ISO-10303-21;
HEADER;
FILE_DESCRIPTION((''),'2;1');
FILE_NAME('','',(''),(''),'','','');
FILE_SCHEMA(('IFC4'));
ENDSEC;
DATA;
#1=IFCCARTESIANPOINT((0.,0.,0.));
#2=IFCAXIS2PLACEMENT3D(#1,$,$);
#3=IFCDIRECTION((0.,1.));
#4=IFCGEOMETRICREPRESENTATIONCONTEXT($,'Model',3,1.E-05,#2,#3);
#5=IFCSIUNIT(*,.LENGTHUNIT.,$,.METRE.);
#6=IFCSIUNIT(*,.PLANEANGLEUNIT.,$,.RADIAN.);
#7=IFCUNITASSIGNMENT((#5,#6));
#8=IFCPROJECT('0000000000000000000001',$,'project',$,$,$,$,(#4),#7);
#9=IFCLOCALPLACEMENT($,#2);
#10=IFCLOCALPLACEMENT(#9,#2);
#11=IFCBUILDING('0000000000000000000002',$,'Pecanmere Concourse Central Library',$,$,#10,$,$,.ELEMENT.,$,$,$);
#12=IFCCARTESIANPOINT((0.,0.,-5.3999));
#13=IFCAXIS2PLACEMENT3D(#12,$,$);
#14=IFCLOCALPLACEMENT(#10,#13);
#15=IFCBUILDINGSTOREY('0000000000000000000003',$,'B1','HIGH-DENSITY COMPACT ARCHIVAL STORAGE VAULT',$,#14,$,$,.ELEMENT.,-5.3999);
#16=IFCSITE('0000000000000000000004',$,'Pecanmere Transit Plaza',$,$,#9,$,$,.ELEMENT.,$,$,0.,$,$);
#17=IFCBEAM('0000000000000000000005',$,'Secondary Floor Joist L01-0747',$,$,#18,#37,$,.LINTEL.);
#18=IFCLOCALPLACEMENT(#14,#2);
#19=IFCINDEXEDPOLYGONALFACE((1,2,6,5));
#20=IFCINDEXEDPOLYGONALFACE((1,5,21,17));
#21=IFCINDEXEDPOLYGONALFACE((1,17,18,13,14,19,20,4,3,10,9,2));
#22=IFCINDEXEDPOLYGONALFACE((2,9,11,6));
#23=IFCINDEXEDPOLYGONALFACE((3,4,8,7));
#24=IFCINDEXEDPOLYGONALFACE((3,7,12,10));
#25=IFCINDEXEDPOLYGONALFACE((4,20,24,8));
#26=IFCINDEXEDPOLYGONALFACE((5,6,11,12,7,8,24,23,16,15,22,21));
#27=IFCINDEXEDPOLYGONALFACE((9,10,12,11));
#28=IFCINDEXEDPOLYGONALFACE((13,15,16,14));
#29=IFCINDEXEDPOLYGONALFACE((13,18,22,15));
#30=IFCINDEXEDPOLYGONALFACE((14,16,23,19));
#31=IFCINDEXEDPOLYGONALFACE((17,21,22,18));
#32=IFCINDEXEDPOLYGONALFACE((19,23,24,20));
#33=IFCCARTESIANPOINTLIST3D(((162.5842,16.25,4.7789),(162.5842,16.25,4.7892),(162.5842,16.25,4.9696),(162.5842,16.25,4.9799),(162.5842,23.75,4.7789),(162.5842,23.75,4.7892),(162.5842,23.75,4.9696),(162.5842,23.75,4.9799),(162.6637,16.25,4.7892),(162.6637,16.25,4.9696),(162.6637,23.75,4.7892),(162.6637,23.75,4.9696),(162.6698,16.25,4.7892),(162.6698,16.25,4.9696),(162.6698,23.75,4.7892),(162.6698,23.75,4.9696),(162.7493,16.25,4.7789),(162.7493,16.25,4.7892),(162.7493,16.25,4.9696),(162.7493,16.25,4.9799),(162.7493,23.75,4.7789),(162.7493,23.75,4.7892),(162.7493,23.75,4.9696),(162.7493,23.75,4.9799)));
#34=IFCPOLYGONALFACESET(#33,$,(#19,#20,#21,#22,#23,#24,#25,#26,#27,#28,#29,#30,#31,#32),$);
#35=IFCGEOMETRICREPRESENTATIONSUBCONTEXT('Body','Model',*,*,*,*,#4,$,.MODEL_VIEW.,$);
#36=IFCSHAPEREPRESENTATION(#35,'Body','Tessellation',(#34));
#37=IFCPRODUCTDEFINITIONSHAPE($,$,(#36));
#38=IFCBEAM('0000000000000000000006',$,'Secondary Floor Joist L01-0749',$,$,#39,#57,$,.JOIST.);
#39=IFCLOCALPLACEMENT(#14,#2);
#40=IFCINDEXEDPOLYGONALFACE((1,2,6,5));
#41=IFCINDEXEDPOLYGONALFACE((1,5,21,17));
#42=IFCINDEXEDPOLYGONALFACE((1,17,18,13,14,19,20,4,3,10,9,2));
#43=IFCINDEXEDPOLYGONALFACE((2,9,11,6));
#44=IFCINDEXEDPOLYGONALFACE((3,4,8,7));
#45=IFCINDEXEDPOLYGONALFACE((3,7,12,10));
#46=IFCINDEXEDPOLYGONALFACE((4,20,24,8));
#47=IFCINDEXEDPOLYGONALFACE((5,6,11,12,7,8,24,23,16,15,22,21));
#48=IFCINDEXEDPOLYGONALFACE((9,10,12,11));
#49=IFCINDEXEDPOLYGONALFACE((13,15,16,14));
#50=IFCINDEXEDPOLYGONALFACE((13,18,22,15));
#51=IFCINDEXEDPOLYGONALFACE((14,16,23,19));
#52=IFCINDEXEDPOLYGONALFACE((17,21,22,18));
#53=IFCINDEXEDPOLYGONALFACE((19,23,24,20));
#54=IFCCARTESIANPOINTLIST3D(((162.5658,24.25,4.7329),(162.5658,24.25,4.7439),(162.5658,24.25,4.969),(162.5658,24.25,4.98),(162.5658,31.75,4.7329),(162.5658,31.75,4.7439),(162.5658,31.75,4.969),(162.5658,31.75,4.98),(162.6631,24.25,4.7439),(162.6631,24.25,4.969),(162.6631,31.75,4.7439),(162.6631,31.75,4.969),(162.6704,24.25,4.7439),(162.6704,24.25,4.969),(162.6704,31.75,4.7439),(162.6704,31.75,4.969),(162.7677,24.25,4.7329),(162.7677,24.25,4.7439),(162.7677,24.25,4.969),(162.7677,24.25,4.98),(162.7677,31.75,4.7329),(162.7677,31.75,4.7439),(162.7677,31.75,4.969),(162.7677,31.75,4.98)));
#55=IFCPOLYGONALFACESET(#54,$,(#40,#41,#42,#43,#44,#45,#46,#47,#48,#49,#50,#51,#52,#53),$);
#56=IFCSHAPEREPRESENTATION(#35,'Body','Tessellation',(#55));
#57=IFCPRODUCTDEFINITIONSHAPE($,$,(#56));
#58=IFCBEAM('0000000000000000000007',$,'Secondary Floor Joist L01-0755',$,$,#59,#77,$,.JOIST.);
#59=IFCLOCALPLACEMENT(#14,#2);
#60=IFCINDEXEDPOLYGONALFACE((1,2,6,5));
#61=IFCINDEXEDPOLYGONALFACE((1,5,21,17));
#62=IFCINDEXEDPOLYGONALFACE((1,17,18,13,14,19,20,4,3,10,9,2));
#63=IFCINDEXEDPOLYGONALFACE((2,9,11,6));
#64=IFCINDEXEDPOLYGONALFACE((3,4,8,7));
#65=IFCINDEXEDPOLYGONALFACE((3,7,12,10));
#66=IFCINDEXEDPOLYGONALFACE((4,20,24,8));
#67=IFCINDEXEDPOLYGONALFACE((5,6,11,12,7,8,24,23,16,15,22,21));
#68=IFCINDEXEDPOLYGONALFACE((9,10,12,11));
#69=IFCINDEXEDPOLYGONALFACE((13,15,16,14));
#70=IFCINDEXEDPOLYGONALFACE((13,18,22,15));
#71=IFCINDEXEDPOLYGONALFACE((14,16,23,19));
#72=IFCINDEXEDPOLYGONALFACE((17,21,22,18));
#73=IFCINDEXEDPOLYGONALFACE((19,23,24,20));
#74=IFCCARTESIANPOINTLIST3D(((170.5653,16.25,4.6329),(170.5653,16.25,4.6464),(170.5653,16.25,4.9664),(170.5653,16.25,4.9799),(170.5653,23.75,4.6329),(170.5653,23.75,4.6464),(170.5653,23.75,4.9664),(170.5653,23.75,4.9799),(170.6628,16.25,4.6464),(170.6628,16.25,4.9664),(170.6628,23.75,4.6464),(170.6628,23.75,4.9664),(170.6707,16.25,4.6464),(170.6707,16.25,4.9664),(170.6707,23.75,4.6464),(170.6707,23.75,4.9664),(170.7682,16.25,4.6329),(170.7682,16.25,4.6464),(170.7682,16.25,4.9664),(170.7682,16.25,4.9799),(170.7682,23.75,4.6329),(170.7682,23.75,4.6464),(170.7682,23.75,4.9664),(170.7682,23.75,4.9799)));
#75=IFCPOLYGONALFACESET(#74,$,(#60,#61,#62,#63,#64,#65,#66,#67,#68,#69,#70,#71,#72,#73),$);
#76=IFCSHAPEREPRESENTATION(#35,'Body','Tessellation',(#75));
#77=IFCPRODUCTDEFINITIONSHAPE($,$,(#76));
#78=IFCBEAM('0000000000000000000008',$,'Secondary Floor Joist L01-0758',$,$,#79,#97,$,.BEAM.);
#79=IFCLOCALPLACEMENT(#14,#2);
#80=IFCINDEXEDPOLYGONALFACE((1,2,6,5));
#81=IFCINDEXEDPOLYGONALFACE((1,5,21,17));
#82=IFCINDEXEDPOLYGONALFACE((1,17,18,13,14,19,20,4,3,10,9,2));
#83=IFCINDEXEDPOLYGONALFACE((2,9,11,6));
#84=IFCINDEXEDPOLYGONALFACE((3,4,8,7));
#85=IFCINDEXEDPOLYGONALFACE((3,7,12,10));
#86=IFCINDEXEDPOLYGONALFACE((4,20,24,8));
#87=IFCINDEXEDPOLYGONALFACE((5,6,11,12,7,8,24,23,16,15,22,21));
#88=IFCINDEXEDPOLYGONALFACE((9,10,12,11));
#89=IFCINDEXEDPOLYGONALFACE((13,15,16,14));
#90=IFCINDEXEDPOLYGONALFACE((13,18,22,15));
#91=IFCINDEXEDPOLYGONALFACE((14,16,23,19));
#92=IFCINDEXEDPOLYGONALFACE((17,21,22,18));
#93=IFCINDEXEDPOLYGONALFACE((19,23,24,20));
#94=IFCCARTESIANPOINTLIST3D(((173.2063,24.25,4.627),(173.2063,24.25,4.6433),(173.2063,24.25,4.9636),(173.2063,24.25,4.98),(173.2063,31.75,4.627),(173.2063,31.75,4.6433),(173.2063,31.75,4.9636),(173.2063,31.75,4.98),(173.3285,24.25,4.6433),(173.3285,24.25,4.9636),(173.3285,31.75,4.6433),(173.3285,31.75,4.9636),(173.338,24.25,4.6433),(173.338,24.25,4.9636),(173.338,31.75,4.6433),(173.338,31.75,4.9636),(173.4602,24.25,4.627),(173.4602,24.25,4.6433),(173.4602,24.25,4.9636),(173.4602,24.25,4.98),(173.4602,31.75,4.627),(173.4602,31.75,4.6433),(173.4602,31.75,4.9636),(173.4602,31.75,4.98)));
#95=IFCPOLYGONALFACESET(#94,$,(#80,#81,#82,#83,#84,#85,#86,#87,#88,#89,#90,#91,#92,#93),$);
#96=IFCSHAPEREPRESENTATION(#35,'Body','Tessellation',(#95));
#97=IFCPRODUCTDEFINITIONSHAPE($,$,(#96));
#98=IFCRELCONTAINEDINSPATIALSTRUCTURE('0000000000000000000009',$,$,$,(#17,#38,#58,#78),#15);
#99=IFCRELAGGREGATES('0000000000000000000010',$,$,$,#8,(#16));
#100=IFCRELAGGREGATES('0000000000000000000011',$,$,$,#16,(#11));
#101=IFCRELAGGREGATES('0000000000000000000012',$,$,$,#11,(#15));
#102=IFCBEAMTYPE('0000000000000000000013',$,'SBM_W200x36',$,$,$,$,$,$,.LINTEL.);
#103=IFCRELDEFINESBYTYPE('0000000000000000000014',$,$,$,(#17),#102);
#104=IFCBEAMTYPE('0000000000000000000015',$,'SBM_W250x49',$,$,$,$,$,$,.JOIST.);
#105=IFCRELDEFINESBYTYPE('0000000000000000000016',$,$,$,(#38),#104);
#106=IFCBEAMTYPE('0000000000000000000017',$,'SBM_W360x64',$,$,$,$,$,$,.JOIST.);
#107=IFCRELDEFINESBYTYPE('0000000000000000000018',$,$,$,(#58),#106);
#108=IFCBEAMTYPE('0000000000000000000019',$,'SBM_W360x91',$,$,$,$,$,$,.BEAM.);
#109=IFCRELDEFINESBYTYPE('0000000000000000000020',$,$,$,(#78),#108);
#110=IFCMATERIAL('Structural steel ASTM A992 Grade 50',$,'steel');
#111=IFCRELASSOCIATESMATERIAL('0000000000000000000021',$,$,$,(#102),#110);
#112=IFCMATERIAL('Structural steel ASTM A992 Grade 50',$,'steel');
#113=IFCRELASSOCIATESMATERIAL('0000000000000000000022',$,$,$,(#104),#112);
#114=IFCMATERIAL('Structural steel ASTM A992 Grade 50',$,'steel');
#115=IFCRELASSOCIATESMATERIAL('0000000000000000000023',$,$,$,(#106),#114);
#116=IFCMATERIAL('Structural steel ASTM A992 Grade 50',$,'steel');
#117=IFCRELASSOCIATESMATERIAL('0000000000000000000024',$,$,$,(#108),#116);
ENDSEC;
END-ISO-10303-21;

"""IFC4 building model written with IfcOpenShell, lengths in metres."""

from ifc_helpers import new_model, si_unit, direction, frame, origin, origin_2d, place, context, subcontext, project, spatial, i_section, extrude, material, material_profile, profile_set, type_object, element, save


model = new_model("IFC4")

# Units and contexts
model_context = context("Model", 3, precision=1e-05, world=origin(), true_north=direction((0.0, 1.0)))
body_context = subcontext(model_context, "Body", "Model", "MODEL_VIEW")
ifc_project = project(units=[si_unit("LENGTHUNIT", "METRE"), si_unit("PLANEANGLEUNIT", "RADIAN")], contexts=[model_context])

# Site, building, storey
site_placement = place(None, origin())
site = spatial("IfcSite", under=ifc_project, at=site_placement, Name="Pecanmere Transit Plaza", CompositionType="ELEMENT", RefElevation=0.0)
building_placement = place(site_placement, origin())
building = spatial("IfcBuilding", under=site, at=building_placement, Name="Pecanmere Concourse Central Library", CompositionType="ELEMENT")
storey_placement = place(building_placement, frame((0.0, 0.0, -5.3999)))
storey = spatial("IfcBuildingStorey", under=building, at=storey_placement, Name="B1", Description="HIGH-DENSITY COMPACT ARCHIVAL STORAGE VAULT", CompositionType="ELEMENT", Elevation=-5.3999)

# Beams
ifc_material_1 = material(Name="Structural steel ASTM A992 Grade 50", Category="steel")
ifc_material_profile_1 = material_profile(ifc_material_1, i_section(OverallWidth=0.165, OverallDepth=0.2009, WebThickness=0.0061, FlangeThickness=0.0103, at=origin_2d()), Name="W200x35.9")
ifc_profile_set_1 = profile_set([ifc_material_profile_1], Name="Structural steel ASTM A992 Grade 50")
beam_type_1 = type_object("IfcBeamType", Name="SBM_W200x36", PredefinedType="LINTEL", material=ifc_profile_set_1)
beam_1_placement = place(storey_placement, frame((162.6667, 16.25, 4.8794), z_axis=(0.0, 1.0, 0.0), x_axis=(-1.0, 0.0, 0.0)))
element("IfcBeam", 1, at=beam_1_placement, inside=storey, type_object=beam_type_1, Name="Secondary Floor Joist L01-0747", PredefinedType="LINTEL", context=body_context, shape_type="SweptSolid", body=[
    extrude(i_section(OverallWidth=0.165, OverallDepth=0.2009, WebThickness=0.0061, FlangeThickness=0.0103, at=origin_2d()), origin(), (0.0, 0.0, 1.0), 7.5),
])
ifc_material_2 = material(Name="Structural steel ASTM A992 Grade 50", Category="steel")
ifc_material_profile_2 = material_profile(ifc_material_2, i_section(OverallWidth=0.2019, OverallDepth=0.2471, WebThickness=0.0073, FlangeThickness=0.011, at=origin_2d()), Name="W250x49.1")
ifc_profile_set_2 = profile_set([ifc_material_profile_2], Name="Structural steel ASTM A992 Grade 50")
beam_type_2 = type_object("IfcBeamType", Name="SBM_W250x49", PredefinedType="JOIST", material=ifc_profile_set_2)
beam_2_placement = place(storey_placement, frame((162.6667, 24.25, 4.8564), z_axis=(0.0, 1.0, 0.0), x_axis=(-1.0, 0.0, 0.0)))
element("IfcBeam", 2, at=beam_2_placement, inside=storey, type_object=beam_type_2, Name="Secondary Floor Joist L01-0749", PredefinedType="JOIST", context=body_context, shape_type="SweptSolid", body=[
    extrude(i_section(OverallWidth=0.2019, OverallDepth=0.2471, WebThickness=0.0073, FlangeThickness=0.011, at=origin_2d()), origin(), (0.0, 0.0, 1.0), 7.5),
])
ifc_material_3 = material(Name="Structural steel ASTM A992 Grade 50", Category="steel")
ifc_material_profile_3 = material_profile(ifc_material_3, i_section(OverallWidth=0.2029, OverallDepth=0.3469, WebThickness=0.0078, FlangeThickness=0.0134, at=origin_2d()), Name="W360x64")
ifc_profile_set_3 = profile_set([ifc_material_profile_3], Name="Structural steel ASTM A992 Grade 50")
beam_type_3 = type_object("IfcBeamType", Name="SBM_W360x64", PredefinedType="JOIST", material=ifc_profile_set_3)
beam_3_placement = place(storey_placement, frame((170.6667, 16.25, 4.8064), z_axis=(0.0, 1.0, 0.0), x_axis=(-1.0, 0.0, 0.0)))
element("IfcBeam", 3, at=beam_3_placement, inside=storey, type_object=beam_type_3, Name="Secondary Floor Joist L01-0755", PredefinedType="JOIST", context=body_context, shape_type="SweptSolid", body=[
    extrude(i_section(OverallWidth=0.2029, OverallDepth=0.3469, WebThickness=0.0078, FlangeThickness=0.0134, at=origin_2d()), origin(), (0.0, 0.0, 1.0), 7.5),
])
ifc_material_4 = material(Name="Structural steel ASTM A992 Grade 50", Category="steel")
ifc_material_profile_4 = material_profile(ifc_material_4, i_section(OverallWidth=0.2539, OverallDepth=0.353, WebThickness=0.0095, FlangeThickness=0.0164, at=origin_2d()), Name="W360x91")
ifc_profile_set_4 = profile_set([ifc_material_profile_4], Name="Structural steel ASTM A992 Grade 50")
beam_type_4 = type_object("IfcBeamType", Name="SBM_W360x91", PredefinedType="BEAM", material=ifc_profile_set_4)
beam_4_placement = place(storey_placement, frame((173.3333, 24.25, 4.8035), z_axis=(0.0, 1.0, 0.0), x_axis=(-1.0, 0.0, 0.0)))
element("IfcBeam", 4, at=beam_4_placement, inside=storey, type_object=beam_type_4, Name="Secondary Floor Joist L01-0758", PredefinedType="BEAM", context=body_context, shape_type="SweptSolid", body=[
    extrude(i_section(OverallWidth=0.2539, OverallDepth=0.353, WebThickness=0.0095, FlangeThickness=0.0164, at=origin_2d()), origin(), (0.0, 0.0, 1.0), 7.5),
])

save(model, "model.ifc")
